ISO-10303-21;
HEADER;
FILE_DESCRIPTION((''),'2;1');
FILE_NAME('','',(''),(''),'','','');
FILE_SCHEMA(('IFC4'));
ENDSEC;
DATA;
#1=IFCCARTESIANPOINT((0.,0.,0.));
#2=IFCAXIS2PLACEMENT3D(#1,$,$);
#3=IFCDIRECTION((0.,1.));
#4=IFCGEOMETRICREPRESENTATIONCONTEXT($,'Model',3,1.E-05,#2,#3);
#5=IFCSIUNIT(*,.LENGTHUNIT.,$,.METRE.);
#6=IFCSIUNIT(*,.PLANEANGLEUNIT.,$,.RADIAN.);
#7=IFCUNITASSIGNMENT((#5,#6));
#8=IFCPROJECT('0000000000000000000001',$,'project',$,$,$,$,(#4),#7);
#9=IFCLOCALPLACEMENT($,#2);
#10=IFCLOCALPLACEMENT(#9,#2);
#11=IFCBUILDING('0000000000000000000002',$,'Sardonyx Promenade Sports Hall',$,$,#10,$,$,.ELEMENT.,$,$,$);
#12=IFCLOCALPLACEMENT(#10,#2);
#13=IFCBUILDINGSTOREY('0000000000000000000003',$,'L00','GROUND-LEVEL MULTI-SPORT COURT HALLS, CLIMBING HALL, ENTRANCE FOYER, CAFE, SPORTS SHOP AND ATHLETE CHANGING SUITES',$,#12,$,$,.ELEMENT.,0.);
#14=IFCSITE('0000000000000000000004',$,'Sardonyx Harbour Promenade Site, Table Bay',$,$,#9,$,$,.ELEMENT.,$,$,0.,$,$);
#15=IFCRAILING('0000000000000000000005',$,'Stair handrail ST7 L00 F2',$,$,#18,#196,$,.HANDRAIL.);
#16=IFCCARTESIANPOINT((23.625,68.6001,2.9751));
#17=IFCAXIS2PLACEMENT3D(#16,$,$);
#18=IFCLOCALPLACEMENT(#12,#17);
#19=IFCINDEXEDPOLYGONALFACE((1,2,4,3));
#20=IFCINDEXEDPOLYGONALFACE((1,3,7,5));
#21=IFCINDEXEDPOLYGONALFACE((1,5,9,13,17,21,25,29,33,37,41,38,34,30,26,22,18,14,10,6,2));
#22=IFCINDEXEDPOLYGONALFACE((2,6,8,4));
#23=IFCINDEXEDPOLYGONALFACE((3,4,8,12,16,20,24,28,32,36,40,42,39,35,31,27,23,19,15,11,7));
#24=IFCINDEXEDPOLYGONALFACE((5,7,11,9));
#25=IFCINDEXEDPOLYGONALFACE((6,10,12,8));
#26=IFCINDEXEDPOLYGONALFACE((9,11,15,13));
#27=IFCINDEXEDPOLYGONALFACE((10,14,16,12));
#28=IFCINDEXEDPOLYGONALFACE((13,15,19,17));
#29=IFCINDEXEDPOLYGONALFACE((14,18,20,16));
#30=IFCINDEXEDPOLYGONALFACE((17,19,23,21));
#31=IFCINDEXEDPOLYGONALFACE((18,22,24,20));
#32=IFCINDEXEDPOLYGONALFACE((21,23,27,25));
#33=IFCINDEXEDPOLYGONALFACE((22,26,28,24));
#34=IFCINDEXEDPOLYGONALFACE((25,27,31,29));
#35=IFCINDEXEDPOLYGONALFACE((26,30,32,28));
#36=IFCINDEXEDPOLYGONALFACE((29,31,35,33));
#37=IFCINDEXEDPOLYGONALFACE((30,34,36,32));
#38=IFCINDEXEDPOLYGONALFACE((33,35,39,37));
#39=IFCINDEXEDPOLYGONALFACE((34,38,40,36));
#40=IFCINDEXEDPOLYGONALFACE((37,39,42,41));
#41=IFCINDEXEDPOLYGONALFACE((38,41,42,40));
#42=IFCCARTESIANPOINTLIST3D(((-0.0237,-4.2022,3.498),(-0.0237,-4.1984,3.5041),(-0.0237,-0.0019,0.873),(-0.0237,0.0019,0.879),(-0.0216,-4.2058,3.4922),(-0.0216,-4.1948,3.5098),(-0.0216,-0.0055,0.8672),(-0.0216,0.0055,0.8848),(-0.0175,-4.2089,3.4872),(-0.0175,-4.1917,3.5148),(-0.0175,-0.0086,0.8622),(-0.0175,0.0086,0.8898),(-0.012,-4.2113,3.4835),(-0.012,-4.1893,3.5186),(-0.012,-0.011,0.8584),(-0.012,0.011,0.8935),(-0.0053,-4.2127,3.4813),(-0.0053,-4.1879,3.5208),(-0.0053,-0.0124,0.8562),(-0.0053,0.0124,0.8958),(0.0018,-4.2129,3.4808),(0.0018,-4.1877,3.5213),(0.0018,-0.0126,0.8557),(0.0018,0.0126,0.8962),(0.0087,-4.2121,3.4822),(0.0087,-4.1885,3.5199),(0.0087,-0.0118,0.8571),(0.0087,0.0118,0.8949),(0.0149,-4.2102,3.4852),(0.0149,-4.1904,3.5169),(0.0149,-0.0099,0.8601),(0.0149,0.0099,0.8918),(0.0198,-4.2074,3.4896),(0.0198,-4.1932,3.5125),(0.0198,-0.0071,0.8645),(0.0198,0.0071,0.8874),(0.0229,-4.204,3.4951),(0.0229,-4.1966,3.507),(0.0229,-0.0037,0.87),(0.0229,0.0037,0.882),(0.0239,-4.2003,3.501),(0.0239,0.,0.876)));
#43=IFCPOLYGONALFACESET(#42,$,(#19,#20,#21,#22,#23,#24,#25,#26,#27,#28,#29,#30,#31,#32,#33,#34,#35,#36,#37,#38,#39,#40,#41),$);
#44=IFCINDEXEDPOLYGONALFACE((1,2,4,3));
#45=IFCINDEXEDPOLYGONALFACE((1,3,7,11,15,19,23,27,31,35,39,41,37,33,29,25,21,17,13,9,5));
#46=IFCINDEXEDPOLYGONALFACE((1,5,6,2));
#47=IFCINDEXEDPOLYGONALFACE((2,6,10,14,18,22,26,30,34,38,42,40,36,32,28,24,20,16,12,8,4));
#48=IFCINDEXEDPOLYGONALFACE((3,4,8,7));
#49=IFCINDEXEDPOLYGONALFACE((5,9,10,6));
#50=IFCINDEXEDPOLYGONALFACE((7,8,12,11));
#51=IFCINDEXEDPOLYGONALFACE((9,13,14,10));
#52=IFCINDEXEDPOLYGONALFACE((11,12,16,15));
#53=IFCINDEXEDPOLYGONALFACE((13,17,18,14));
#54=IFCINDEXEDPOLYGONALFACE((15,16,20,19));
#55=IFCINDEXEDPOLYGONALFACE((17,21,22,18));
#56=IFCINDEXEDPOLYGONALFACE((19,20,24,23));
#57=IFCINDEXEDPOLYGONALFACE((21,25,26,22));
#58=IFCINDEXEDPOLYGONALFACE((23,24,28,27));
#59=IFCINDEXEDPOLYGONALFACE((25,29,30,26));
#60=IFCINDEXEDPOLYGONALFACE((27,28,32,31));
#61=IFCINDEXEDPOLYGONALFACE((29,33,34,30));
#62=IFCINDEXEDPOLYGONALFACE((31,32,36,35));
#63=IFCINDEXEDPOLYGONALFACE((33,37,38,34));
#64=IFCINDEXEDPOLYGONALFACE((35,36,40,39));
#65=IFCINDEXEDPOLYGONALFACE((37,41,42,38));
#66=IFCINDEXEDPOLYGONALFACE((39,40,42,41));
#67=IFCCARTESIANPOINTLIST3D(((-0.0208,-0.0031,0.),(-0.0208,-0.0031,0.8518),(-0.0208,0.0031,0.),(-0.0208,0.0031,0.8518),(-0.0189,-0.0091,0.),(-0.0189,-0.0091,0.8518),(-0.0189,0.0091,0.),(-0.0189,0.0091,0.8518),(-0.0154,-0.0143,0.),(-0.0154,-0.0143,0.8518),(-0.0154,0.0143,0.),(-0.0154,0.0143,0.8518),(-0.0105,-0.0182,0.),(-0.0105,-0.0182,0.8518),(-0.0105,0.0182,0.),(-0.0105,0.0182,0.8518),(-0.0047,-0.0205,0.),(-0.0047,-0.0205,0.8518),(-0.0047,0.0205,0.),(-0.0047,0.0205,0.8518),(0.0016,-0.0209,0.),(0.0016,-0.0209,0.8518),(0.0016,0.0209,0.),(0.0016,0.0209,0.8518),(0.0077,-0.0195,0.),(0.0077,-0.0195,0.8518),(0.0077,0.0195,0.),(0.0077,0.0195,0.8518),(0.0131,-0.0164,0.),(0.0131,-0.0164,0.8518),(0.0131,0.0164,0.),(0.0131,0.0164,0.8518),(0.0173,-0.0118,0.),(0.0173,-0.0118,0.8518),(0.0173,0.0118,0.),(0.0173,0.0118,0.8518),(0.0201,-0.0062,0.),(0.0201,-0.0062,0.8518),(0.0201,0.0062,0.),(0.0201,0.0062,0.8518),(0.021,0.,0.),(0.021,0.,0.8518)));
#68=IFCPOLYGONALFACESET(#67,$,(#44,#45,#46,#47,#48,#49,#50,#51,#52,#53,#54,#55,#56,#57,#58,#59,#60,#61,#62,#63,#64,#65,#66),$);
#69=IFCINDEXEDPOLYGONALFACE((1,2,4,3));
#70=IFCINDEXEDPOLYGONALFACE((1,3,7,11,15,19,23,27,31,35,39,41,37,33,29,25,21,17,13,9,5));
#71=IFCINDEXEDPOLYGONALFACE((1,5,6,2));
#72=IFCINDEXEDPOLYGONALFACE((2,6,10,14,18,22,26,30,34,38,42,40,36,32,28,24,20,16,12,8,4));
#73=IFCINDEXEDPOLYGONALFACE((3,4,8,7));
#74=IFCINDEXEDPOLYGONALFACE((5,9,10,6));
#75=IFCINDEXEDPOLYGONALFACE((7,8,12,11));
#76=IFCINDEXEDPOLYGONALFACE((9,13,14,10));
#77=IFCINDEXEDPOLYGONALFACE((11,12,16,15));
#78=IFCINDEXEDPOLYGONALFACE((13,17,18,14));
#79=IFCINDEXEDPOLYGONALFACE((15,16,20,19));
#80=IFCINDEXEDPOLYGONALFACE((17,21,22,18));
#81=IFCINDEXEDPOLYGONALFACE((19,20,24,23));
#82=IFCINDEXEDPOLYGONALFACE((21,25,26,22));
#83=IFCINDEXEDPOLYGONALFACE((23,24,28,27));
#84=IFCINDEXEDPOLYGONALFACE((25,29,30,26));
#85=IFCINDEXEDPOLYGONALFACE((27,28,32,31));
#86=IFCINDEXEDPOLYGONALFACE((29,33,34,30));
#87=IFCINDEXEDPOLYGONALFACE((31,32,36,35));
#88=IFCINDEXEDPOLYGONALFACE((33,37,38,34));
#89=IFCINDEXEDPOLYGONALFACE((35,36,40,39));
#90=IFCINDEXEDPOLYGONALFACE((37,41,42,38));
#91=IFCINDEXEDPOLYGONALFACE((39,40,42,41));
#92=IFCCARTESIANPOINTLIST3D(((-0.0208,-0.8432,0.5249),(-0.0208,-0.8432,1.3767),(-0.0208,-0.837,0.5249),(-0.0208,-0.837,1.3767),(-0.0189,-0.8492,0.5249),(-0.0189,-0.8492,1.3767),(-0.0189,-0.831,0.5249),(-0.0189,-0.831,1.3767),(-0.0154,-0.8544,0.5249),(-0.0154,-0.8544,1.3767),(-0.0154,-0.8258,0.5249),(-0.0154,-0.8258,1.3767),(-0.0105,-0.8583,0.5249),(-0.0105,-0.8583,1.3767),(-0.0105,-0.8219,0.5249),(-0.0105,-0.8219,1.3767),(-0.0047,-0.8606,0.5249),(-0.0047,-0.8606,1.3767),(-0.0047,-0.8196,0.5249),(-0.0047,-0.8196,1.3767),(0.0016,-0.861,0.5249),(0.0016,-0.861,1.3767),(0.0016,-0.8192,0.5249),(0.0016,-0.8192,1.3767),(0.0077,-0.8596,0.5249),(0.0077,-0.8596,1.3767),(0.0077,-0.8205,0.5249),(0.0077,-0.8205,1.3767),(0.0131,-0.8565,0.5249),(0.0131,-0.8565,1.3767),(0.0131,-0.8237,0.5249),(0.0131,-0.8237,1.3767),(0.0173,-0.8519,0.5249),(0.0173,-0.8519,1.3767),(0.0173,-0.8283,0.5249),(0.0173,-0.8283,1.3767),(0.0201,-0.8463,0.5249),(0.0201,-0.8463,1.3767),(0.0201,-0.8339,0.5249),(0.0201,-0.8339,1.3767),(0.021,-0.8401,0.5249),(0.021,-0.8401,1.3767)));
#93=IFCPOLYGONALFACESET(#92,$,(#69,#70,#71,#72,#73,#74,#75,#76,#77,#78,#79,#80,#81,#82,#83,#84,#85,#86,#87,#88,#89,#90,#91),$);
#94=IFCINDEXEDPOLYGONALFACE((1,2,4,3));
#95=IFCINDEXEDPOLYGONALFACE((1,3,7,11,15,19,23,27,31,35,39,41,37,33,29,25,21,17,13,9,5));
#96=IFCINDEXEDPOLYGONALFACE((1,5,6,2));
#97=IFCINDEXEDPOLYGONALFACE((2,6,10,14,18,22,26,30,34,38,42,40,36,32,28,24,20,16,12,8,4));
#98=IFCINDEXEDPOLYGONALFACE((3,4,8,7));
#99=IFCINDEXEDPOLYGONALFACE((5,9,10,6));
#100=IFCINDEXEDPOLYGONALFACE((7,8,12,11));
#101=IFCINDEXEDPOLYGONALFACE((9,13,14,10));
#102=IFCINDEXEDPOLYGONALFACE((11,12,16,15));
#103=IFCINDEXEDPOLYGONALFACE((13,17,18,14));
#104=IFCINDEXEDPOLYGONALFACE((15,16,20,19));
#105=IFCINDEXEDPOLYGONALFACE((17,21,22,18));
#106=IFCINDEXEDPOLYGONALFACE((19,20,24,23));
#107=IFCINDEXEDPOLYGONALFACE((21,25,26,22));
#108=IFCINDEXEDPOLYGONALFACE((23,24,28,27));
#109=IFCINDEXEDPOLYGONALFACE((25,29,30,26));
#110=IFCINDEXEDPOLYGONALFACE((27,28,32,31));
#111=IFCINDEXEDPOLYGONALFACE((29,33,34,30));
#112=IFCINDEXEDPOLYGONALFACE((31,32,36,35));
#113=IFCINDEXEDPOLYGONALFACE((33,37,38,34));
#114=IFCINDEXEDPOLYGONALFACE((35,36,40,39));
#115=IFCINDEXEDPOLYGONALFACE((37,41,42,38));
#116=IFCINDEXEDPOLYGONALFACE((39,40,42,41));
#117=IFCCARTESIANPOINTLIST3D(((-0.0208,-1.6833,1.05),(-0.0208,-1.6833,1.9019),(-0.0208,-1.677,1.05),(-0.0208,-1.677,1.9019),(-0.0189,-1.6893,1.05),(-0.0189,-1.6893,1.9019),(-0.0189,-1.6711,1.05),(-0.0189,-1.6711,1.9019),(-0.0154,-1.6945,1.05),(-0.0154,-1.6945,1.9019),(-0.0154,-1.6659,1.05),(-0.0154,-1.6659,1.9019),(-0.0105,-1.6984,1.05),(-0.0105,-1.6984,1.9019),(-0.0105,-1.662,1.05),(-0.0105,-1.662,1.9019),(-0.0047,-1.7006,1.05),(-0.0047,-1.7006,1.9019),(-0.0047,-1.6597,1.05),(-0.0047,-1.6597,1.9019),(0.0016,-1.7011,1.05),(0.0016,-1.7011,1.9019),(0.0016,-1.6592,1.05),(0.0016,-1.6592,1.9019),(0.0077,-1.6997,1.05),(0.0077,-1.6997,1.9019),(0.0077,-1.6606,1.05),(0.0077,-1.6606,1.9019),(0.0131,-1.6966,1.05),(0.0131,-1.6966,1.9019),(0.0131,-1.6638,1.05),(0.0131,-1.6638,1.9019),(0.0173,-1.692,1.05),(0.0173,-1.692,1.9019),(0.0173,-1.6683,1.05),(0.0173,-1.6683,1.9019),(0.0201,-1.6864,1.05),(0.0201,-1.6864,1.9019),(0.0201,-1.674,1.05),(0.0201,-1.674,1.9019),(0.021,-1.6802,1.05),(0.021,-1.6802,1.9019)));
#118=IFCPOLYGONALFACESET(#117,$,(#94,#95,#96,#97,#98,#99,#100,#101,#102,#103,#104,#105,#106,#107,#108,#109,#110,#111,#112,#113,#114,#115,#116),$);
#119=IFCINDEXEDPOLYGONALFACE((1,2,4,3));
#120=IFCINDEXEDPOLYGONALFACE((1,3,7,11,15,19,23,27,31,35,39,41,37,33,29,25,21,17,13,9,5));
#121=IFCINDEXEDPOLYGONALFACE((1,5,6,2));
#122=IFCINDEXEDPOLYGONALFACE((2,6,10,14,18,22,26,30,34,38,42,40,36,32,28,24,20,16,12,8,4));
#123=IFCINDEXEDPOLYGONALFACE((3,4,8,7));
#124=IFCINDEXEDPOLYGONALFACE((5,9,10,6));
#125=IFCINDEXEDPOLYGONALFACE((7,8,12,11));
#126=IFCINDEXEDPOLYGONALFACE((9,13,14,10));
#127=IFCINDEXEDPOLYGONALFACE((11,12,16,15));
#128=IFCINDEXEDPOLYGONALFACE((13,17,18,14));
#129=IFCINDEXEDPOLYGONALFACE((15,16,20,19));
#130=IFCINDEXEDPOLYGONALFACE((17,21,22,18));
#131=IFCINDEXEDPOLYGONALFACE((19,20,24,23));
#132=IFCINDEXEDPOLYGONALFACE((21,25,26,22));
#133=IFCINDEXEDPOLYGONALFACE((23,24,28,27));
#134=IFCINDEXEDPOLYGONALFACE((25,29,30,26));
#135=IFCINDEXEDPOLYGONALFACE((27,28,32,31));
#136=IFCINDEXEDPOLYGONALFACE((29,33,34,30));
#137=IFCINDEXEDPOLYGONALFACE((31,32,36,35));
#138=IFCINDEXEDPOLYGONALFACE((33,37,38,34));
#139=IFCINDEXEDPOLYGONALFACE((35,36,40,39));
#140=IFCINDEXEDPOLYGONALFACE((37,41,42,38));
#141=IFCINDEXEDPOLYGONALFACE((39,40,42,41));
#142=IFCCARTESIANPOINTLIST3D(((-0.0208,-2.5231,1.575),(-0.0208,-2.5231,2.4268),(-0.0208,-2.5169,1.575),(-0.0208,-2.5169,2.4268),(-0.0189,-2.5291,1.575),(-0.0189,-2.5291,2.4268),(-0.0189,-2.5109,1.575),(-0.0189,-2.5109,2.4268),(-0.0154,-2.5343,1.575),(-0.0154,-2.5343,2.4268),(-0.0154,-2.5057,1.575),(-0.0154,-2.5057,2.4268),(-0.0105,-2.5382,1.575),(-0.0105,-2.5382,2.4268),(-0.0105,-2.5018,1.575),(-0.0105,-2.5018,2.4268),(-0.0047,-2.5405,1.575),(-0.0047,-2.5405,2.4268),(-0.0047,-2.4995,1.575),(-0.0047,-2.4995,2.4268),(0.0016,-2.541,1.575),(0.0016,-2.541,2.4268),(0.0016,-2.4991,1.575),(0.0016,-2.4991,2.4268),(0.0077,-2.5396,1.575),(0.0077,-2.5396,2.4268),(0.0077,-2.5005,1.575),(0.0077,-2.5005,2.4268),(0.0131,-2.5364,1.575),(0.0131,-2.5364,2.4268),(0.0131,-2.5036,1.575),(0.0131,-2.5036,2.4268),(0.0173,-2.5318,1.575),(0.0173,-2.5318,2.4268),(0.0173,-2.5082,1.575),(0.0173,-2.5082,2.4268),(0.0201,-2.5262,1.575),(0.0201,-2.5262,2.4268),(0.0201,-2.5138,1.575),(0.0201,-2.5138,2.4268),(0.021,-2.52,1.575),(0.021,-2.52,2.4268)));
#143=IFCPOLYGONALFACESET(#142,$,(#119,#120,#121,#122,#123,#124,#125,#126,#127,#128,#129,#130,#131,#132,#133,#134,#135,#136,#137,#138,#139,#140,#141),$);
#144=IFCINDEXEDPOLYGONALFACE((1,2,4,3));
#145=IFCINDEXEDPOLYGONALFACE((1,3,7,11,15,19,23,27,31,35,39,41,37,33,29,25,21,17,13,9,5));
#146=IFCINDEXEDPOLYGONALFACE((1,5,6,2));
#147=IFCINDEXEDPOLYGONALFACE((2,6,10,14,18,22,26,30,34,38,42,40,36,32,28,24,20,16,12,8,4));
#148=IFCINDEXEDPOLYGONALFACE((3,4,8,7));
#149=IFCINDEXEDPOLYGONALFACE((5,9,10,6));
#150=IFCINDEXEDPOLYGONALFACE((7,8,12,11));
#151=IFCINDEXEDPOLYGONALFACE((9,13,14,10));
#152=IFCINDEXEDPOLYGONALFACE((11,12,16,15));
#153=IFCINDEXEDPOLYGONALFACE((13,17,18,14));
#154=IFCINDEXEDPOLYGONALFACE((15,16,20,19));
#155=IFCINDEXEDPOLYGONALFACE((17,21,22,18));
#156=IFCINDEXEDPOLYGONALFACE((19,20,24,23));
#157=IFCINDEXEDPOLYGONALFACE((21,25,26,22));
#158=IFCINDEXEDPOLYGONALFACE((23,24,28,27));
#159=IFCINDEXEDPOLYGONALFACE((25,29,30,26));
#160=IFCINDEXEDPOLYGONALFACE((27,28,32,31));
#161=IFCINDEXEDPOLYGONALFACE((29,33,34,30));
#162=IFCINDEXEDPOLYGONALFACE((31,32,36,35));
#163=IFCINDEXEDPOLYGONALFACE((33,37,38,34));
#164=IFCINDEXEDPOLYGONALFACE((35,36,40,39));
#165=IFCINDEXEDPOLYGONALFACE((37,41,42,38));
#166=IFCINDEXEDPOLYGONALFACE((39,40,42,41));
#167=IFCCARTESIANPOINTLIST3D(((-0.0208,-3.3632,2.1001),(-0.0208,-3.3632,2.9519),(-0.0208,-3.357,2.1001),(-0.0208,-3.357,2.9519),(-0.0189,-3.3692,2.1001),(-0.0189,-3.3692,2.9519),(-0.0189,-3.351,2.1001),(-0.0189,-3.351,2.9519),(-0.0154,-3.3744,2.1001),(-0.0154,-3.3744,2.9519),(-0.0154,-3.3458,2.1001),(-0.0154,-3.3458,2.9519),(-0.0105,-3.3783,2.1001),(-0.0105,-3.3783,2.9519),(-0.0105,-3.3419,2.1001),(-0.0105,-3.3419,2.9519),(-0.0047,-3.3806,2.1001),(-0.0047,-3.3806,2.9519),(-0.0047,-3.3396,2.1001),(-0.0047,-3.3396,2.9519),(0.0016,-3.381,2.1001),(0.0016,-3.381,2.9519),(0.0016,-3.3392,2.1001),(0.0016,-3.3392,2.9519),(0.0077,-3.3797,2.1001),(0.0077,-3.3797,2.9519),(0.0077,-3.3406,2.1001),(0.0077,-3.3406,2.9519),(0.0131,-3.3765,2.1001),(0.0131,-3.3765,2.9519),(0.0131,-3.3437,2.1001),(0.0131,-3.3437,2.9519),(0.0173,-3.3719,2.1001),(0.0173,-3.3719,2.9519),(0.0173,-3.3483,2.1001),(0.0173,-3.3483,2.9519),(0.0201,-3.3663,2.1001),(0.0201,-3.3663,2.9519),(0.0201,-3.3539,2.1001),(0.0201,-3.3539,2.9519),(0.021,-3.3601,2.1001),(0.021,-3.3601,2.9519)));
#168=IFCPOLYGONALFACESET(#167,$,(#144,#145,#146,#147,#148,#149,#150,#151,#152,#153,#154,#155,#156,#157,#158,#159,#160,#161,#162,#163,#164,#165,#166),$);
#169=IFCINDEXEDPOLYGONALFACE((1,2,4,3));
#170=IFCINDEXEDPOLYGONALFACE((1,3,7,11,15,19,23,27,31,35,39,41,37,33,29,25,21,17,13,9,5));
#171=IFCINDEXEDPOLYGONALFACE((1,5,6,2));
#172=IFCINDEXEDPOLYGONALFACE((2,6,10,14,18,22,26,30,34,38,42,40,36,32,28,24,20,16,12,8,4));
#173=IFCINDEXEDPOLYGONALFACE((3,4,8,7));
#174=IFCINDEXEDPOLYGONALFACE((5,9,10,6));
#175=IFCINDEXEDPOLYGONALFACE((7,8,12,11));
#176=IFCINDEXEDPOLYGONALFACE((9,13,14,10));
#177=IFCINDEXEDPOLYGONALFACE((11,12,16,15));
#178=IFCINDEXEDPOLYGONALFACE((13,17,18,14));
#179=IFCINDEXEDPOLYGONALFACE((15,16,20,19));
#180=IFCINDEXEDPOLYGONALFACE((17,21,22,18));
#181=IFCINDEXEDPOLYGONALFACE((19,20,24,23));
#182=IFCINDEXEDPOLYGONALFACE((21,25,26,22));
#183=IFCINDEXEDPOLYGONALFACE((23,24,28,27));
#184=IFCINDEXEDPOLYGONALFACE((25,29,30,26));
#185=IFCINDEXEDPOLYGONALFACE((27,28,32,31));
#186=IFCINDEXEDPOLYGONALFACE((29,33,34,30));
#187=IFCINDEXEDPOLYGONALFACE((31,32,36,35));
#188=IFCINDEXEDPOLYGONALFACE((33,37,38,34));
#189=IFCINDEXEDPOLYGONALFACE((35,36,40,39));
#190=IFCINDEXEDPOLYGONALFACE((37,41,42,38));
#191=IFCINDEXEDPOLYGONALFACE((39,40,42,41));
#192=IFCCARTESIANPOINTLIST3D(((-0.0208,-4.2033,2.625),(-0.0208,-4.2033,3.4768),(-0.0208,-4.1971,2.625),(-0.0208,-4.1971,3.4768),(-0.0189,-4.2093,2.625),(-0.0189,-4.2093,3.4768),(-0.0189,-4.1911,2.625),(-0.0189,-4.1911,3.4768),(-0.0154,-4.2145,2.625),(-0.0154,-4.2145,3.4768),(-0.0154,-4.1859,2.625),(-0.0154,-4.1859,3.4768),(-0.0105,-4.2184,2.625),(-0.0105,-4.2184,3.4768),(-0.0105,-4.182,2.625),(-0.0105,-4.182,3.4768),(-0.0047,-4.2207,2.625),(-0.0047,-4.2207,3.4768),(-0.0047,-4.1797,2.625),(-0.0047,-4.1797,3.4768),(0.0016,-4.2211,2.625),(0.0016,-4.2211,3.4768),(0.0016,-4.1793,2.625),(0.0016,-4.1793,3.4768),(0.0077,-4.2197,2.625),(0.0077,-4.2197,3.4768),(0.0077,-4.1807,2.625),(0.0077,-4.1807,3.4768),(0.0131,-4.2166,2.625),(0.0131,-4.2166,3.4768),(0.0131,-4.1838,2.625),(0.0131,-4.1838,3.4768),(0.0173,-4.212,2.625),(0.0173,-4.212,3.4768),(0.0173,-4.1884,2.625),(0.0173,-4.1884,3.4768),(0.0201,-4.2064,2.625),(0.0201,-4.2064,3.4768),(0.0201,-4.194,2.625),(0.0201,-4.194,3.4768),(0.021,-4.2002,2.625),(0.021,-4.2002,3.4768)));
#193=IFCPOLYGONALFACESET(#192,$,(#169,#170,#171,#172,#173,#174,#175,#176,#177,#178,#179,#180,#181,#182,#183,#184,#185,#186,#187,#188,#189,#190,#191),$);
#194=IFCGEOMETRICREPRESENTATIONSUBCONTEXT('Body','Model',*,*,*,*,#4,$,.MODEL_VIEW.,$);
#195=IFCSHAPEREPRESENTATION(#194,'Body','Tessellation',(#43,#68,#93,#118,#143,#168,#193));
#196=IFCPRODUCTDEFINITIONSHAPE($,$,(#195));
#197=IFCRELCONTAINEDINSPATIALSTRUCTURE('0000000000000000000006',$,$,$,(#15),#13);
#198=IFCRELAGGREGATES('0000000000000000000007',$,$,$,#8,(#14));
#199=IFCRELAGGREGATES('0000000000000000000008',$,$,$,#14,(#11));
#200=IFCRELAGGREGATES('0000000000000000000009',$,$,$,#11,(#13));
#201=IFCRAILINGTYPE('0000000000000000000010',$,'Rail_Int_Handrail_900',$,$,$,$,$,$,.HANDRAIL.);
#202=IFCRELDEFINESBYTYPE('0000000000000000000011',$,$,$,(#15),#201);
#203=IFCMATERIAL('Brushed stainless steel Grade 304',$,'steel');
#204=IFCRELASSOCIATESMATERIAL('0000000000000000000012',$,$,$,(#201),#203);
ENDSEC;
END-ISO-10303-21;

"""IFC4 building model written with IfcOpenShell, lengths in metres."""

from ifc_helpers import new_model, si_unit, direction, frame, origin, origin_2d, place, context, subcontext, project, spatial, circle, extrude, material, type_object, element, save


model = new_model("IFC4")

# Units and contexts
model_context = context("Model", 3, precision=1e-05, world=origin(), true_north=direction((0.0, 1.0)))
body_context = subcontext(model_context, "Body", "Model", "MODEL_VIEW")
ifc_project = project(units=[si_unit("LENGTHUNIT", "METRE"), si_unit("PLANEANGLEUNIT", "RADIAN")], contexts=[model_context])

# Site, building, storey
site_placement = place(None, origin())
site = spatial("IfcSite", under=ifc_project, at=site_placement, Name="Sardonyx Harbour Promenade Site, Table Bay", CompositionType="ELEMENT", RefElevation=0.0)
building_placement = place(site_placement, origin())
building = spatial("IfcBuilding", under=site, at=building_placement, Name="Sardonyx Promenade Sports Hall", CompositionType="ELEMENT")
storey_placement = place(building_placement, origin())
storey = spatial("IfcBuildingStorey", under=building, at=storey_placement, Name="L00", Description="GROUND-LEVEL MULTI-SPORT COURT HALLS, CLIMBING HALL, ENTRANCE FOYER, CAFE, SPORTS SHOP AND ATHLETE CHANGING SUITES", CompositionType="ELEMENT", Elevation=0.0)

# Railing
ifc_material_1 = material(Name="Brushed stainless steel Grade 304", Category="steel")
railing_type_1 = type_object("IfcRailingType", Name="Rail_Int_Handrail_900", PredefinedType="HANDRAIL", material=ifc_material_1)
railing_1_placement = place(storey_placement, frame((23.625, 68.6001, 2.9751)))
element("IfcRailing", 1, at=railing_1_placement, inside=storey, type_object=railing_type_1, Name="Stair handrail ST7 L00 F2", PredefinedType="HANDRAIL", context=body_context, shape_type="SweptSolid", body=[
    extrude(circle(Radius=0.0239, at=origin_2d()), frame((0.0, 0.0, 0.876), z_axis=(0.0, -0.848009, 0.529981), x_axis=(1.0, 0.0, 0.0)), (0.0, 0.0, 1.0), 4.9531),
    extrude(circle(Radius=0.021, at=origin_2d()), origin(), (0.0, 0.0, 1.0), 0.8518),
    extrude(circle(Radius=0.021, at=origin_2d()), frame((0.0, -0.8401, 0.5249)), (0.0, 0.0, 1.0), 0.8518),
    extrude(circle(Radius=0.021, at=origin_2d()), frame((0.0, -1.6802, 1.05)), (0.0, 0.0, 1.0), 0.8518),
    extrude(circle(Radius=0.021, at=origin_2d()), frame((0.0, -2.52, 1.575)), (0.0, 0.0, 1.0), 0.8518),
    extrude(circle(Radius=0.021, at=origin_2d()), frame((0.0, -3.3601, 2.1001)), (0.0, 0.0, 1.0), 0.8518),
    extrude(circle(Radius=0.021, at=origin_2d()), frame((0.0, -4.2002, 2.625)), (0.0, 0.0, 1.0), 0.8518),
])

save(model, "model.ifc")
